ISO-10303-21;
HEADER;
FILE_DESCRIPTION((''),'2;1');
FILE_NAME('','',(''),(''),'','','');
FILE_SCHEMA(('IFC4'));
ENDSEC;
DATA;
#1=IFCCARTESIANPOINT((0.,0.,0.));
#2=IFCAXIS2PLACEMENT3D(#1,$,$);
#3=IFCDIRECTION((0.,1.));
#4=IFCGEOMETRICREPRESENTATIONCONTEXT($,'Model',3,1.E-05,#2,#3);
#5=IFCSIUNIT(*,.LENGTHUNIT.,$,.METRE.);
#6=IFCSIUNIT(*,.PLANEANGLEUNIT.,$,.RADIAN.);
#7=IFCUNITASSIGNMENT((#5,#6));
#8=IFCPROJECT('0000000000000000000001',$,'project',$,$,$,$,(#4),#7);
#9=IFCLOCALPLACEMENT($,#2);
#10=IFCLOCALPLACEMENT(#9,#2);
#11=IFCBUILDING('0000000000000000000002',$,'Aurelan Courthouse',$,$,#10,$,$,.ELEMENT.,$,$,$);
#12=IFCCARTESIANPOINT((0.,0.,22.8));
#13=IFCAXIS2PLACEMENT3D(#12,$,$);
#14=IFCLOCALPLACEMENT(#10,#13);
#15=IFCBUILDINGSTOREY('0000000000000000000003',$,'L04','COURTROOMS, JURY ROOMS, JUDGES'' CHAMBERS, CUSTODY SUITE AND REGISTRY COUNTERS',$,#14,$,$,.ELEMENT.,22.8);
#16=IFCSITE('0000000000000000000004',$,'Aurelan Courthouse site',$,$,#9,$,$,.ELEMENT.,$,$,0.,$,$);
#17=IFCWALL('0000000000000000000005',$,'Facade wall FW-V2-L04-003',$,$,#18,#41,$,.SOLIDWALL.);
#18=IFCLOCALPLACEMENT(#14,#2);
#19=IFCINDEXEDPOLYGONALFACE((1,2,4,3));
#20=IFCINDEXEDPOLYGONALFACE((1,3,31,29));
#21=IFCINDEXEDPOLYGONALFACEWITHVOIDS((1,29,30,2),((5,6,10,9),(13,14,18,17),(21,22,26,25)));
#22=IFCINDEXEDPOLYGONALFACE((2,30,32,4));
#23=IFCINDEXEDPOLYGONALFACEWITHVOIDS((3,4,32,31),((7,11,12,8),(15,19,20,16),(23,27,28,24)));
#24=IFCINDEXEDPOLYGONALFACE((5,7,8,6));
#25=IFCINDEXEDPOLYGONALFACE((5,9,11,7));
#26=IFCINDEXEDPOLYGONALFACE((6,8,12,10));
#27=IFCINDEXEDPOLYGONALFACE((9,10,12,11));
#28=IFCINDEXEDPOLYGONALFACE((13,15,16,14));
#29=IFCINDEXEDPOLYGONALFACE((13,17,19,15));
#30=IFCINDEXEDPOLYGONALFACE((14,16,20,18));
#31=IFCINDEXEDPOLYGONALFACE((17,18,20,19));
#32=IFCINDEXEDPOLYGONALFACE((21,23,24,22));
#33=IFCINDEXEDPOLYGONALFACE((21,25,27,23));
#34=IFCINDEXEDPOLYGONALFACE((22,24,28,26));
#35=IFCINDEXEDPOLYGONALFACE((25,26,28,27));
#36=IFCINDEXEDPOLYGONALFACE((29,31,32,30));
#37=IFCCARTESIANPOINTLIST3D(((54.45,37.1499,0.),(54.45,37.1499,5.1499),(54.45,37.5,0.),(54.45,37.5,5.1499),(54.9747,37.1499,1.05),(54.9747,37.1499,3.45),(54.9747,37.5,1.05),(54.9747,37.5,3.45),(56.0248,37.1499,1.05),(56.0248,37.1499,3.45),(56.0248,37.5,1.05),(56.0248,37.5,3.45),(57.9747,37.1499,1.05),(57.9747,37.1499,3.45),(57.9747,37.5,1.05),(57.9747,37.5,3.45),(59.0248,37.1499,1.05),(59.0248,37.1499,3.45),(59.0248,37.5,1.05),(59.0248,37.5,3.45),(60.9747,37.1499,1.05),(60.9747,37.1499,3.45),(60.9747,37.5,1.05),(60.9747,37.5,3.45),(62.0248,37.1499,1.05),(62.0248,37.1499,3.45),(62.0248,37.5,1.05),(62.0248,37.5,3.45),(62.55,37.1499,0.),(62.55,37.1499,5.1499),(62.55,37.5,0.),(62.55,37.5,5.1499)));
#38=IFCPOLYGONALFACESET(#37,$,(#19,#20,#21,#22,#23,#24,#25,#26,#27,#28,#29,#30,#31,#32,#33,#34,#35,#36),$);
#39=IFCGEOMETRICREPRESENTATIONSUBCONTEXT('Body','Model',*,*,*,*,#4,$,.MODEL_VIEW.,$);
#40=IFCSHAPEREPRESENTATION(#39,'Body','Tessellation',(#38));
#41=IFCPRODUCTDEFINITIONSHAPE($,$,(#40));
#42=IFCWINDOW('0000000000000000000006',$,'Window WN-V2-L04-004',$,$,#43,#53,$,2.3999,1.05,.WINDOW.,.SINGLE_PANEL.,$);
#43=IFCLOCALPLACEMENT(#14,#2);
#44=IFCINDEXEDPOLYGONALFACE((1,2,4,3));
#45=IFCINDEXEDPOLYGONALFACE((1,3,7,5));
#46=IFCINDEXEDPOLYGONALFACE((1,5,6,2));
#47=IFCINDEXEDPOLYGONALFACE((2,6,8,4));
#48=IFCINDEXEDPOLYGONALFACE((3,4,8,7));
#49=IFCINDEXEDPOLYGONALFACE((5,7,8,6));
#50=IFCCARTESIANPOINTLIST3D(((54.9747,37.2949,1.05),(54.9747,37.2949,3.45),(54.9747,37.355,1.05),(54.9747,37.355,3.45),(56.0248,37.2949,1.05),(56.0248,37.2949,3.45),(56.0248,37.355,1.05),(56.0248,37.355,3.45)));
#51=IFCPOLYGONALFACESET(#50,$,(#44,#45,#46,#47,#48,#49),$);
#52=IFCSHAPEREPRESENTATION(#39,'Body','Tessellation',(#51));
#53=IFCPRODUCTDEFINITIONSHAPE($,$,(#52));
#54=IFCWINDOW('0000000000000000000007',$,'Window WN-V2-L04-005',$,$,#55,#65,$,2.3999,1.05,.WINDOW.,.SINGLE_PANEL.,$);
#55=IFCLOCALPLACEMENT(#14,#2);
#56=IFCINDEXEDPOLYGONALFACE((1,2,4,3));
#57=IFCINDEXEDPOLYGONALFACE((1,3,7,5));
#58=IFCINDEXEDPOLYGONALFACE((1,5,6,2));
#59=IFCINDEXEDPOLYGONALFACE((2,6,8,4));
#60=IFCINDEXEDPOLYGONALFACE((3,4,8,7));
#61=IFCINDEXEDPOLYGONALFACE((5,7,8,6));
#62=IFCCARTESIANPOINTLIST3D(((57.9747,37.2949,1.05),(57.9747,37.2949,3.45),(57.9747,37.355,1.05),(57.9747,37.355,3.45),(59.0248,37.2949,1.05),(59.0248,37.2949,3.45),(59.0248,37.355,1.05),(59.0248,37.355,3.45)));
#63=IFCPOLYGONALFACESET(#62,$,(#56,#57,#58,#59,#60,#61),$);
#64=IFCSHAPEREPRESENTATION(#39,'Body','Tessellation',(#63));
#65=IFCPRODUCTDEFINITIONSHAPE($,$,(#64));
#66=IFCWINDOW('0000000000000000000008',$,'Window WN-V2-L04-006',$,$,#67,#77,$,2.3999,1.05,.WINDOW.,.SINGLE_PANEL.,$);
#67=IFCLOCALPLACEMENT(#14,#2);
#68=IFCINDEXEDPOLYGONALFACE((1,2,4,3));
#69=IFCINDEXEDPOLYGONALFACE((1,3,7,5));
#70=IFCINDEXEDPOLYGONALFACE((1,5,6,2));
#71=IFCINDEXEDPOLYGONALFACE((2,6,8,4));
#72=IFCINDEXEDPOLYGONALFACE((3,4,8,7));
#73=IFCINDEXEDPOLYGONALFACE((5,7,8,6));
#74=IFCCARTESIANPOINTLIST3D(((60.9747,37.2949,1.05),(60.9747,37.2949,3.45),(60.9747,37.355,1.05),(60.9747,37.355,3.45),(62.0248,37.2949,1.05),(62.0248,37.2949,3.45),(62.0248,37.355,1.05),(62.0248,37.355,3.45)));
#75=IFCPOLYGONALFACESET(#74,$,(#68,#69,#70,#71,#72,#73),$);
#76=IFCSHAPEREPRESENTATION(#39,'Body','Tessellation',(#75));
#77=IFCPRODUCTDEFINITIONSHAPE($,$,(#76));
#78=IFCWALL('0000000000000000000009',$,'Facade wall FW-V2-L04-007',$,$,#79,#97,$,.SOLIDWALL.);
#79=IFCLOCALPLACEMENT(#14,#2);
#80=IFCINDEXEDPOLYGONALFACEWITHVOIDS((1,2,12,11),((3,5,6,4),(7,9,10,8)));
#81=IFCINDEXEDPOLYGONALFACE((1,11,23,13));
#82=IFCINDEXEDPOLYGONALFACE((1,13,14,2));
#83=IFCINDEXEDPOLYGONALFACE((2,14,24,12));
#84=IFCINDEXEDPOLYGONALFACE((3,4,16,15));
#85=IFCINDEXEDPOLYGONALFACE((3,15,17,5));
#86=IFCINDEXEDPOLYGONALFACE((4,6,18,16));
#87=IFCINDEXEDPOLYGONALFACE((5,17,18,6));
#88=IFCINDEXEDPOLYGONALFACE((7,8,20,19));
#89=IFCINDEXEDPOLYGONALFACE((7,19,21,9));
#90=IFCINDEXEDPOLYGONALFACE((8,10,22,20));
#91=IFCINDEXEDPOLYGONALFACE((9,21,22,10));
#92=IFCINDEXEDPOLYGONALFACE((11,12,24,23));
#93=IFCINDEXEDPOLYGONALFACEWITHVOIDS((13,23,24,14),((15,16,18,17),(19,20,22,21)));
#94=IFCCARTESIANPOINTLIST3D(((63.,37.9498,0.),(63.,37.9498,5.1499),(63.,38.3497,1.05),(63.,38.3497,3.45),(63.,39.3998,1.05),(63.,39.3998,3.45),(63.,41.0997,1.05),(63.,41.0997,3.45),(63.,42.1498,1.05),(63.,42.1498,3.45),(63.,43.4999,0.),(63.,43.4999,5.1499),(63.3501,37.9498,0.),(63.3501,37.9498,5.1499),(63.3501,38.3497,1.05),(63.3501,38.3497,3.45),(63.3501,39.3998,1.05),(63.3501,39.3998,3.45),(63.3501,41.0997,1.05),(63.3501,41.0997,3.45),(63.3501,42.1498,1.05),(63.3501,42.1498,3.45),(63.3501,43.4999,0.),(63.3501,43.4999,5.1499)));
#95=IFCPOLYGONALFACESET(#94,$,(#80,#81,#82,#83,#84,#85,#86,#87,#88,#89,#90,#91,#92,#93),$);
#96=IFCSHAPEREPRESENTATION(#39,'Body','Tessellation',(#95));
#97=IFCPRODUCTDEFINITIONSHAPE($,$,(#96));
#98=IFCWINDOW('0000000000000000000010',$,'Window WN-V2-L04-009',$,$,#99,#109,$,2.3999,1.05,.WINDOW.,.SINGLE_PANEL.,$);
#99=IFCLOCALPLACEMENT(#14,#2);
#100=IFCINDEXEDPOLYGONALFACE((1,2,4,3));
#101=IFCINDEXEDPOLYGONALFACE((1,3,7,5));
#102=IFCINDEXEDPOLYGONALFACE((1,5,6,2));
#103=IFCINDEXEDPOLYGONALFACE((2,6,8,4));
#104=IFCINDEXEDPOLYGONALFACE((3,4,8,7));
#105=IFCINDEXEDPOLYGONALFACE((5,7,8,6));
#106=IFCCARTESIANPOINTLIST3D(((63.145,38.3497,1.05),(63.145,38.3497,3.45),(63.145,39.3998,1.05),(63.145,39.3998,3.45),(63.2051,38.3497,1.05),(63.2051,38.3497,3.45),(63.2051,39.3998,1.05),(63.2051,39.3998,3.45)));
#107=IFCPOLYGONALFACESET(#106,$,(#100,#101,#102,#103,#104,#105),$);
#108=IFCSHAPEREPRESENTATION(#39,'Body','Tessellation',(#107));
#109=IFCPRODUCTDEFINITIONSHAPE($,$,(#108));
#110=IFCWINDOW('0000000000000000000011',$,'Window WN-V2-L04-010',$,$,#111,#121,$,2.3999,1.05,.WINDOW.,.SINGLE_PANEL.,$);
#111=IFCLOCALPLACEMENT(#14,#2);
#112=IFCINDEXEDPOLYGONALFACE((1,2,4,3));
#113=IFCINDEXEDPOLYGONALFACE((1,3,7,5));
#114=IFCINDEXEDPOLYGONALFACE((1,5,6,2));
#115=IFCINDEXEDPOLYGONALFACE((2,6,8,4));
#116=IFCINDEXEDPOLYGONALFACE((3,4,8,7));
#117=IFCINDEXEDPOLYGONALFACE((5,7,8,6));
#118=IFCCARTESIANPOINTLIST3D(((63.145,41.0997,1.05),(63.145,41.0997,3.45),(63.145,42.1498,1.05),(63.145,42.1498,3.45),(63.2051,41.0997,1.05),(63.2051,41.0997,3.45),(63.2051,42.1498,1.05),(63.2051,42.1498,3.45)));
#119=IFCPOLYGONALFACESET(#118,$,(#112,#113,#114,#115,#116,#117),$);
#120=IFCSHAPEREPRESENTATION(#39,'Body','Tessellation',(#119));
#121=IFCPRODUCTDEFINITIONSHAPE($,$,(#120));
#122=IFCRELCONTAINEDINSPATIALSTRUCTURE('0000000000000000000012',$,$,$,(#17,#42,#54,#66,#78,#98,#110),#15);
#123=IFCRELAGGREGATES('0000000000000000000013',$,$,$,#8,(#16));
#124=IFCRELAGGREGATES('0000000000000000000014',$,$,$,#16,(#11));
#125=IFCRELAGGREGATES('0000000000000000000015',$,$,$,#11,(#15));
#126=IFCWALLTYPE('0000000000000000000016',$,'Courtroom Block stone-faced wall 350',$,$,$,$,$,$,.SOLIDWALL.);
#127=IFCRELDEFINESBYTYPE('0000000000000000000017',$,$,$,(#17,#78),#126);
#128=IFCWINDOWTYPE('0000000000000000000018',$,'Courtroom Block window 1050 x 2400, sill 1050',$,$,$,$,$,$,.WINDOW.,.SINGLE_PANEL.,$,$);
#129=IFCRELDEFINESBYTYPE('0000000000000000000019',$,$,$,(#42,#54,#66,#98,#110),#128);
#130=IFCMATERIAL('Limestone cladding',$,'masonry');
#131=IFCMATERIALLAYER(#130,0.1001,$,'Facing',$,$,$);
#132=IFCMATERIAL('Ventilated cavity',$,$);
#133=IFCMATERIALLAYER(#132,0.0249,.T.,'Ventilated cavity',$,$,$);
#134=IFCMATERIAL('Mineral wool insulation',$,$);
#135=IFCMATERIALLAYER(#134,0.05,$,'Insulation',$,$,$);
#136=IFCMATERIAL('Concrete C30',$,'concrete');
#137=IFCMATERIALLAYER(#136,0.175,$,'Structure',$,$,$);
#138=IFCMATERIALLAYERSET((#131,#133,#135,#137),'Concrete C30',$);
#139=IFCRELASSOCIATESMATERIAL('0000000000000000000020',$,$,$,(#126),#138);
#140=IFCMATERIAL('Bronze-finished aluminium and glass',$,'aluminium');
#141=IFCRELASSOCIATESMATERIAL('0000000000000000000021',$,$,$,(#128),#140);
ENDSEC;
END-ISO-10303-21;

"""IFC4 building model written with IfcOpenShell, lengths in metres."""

from ifc_helpers import new_model, si_unit, direction, frame, frame_2d, origin, place, context, subcontext, project, spatial, rectangle, extrude, material, layer, layer_set, type_object, element, fill, save


model = new_model("IFC4")

# Units and contexts
model_context = context("Model", 3, precision=1e-05, world=origin(), true_north=direction((0.0, 1.0)))
body_context = subcontext(model_context, "Body", "Model", "MODEL_VIEW")
ifc_project = project(units=[si_unit("LENGTHUNIT", "METRE"), si_unit("PLANEANGLEUNIT", "RADIAN")], contexts=[model_context])

# Site, building, storey
site_placement = place(None, origin())
site = spatial("IfcSite", under=ifc_project, at=site_placement, Name="Aurelan Courthouse site", CompositionType="ELEMENT", RefElevation=0.0)
building_placement = place(site_placement, origin())
building = spatial("IfcBuilding", under=site, at=building_placement, Name="Aurelan Courthouse", CompositionType="ELEMENT")
storey_placement = place(building_placement, frame((0.0, 0.0, 22.8)))
storey = spatial("IfcBuildingStorey", under=building, at=storey_placement, Name="L04", Description="COURTROOMS, JURY ROOMS, JUDGES' CHAMBERS, CUSTODY SUITE AND REGISTRY COUNTERS", CompositionType="ELEMENT", Elevation=22.8)

# Shared definitions
ifc_material_1 = material(Name="Bronze-finished aluminium and glass", Category="aluminium")

# Walls, openings, windows
ifc_material_2 = material(Name="Limestone cladding", Category="masonry")
ifc_layer_1 = layer(ifc_material_2, 0.1001, Name="Facing")
ifc_material_3 = material(Name="Ventilated cavity")
ifc_layer_2 = layer(ifc_material_3, 0.0249, ventilated=True, Name="Ventilated cavity")
ifc_material_4 = material(Name="Mineral wool insulation")
ifc_layer_3 = layer(ifc_material_4, 0.05, Name="Insulation")
ifc_material_5 = material(Name="Concrete C30", Category="concrete")
ifc_layer_4 = layer(ifc_material_5, 0.175, Name="Structure")
ifc_layer_set_1 = layer_set([ifc_layer_1, ifc_layer_2, ifc_layer_3, ifc_layer_4], Name="Concrete C30")
wall_type_1 = type_object("IfcWallType", Name="Courtroom Block stone-faced wall 350", PredefinedType="SOLIDWALL", material=ifc_layer_set_1)
wall_1_placement = place(storey_placement, frame((54.45, 37.325, 0.0), z_axis=(0.0, 0.0, 1.0), x_axis=(1.0, 0.0, 0.0)))
wall_1 = element("IfcWall", 1, at=wall_1_placement, inside=storey, type_object=wall_type_1, Name="Facade wall FW-V2-L04-003", PredefinedType="SOLIDWALL", context=body_context, shape_type="SweptSolid", body=[
    extrude(rectangle(XDim=8.1001, YDim=0.3501, at=frame_2d((4.05, 0.0))), origin(), (0.0, 0.0, 1.0), 5.1499),
])
opening_1_placement = place(wall_1_placement, frame((0.5249, 0.0, 1.05)))
opening_1 = element("IfcOpeningElement", 2, at=opening_1_placement, cuts=wall_1, PredefinedType="OPENING", context=body_context, shape_type="SweptSolid", body=[
    extrude(rectangle(XDim=1.05, YDim=2.3999, at=frame_2d((0.5249, 1.2))), frame((0.0, 0.1851, 0.0), z_axis=(0.0, -1.0, 0.0), x_axis=(1.0, 0.0, 0.0)), (0.0, 0.0, 1.0), 0.3701),
])
opening_2_placement = place(wall_1_placement, frame((3.5249, 0.0, 1.05)))
opening_2 = element("IfcOpeningElement", 3, at=opening_2_placement, cuts=wall_1, PredefinedType="OPENING", context=body_context, shape_type="SweptSolid", body=[
    extrude(rectangle(XDim=1.05, YDim=2.3999, at=frame_2d((0.5249, 1.2))), frame((0.0, 0.1851, 0.0), z_axis=(0.0, -1.0, 0.0), x_axis=(1.0, 0.0, 0.0)), (0.0, 0.0, 1.0), 0.3701),
])
opening_3_placement = place(wall_1_placement, frame((6.5249, 0.0, 1.05)))
opening_3 = element("IfcOpeningElement", 4, at=opening_3_placement, cuts=wall_1, PredefinedType="OPENING", context=body_context, shape_type="SweptSolid", body=[
    extrude(rectangle(XDim=1.05, YDim=2.3999, at=frame_2d((0.5249, 1.2))), frame((0.0, 0.1851, 0.0), z_axis=(0.0, -1.0, 0.0), x_axis=(1.0, 0.0, 0.0)), (0.0, 0.0, 1.0), 0.3701),
])
window_type_1 = type_object("IfcWindowType", Name="Courtroom Block window 1050 x 2400, sill 1050", PartitioningType="SINGLE_PANEL", PredefinedType="WINDOW", material=ifc_material_1)
window_1_placement = place(opening_1_placement, origin())
window_1 = element("IfcWindow", 5, at=window_1_placement, inside=storey, type_object=window_type_1, Name="Window WN-V2-L04-004", OverallHeight=2.3999, OverallWidth=1.05, PartitioningType="SINGLE_PANEL", PredefinedType="WINDOW", context=body_context, shape_type="SweptSolid", body=[
    extrude(rectangle(XDim=1.05, YDim=2.3999, at=frame_2d((0.5249, 1.2))), frame((0.0, 0.03, 0.0), z_axis=(0.0, -1.0, 0.0), x_axis=(1.0, 0.0, 0.0)), (0.0, 0.0, 1.0), 0.0601),
])
fill(opening_1, window_1)
window_2_placement = place(opening_2_placement, origin())
window_2 = element("IfcWindow", 6, at=window_2_placement, inside=storey, type_object=window_type_1, Name="Window WN-V2-L04-005", OverallHeight=2.3999, OverallWidth=1.05, PartitioningType="SINGLE_PANEL", PredefinedType="WINDOW", context=body_context, shape_type="SweptSolid", body=[
    extrude(rectangle(XDim=1.05, YDim=2.3999, at=frame_2d((0.5249, 1.2))), frame((0.0, 0.03, 0.0), z_axis=(0.0, -1.0, 0.0), x_axis=(1.0, 0.0, 0.0)), (0.0, 0.0, 1.0), 0.0601),
])
fill(opening_2, window_2)
window_3_placement = place(opening_3_placement, origin())
window_3 = element("IfcWindow", 7, at=window_3_placement, inside=storey, type_object=window_type_1, Name="Window WN-V2-L04-006", OverallHeight=2.3999, OverallWidth=1.05, PartitioningType="SINGLE_PANEL", PredefinedType="WINDOW", context=body_context, shape_type="SweptSolid", body=[
    extrude(rectangle(XDim=1.05, YDim=2.3999, at=frame_2d((0.5249, 1.2))), frame((0.0, 0.03, 0.0), z_axis=(0.0, -1.0, 0.0), x_axis=(1.0, 0.0, 0.0)), (0.0, 0.0, 1.0), 0.0601),
])
fill(opening_3, window_3)
wall_2_placement = place(storey_placement, frame((63.175, 37.95, 0.0), z_axis=(0.0, 0.0, 1.0), x_axis=(0.0, 1.0, 0.0)))
wall_2 = element("IfcWall", 8, at=wall_2_placement, inside=storey, type_object=wall_type_1, Name="Facade wall FW-V2-L04-007", PredefinedType="SOLIDWALL", context=body_context, shape_type="SweptSolid", body=[
    extrude(rectangle(XDim=5.55, YDim=0.3501, at=frame_2d((2.7749, 0.0))), origin(), (0.0, 0.0, 1.0), 5.1499),
])
opening_4_placement = place(wall_2_placement, frame((0.3999, 0.0, 1.05)))
opening_4 = element("IfcOpeningElement", 9, at=opening_4_placement, cuts=wall_2, PredefinedType="OPENING", context=body_context, shape_type="SweptSolid", body=[
    extrude(rectangle(XDim=1.05, YDim=2.3999, at=frame_2d((0.5249, 1.2))), frame((0.0, 0.1851, 0.0), z_axis=(0.0, -1.0, 0.0), x_axis=(1.0, 0.0, 0.0)), (0.0, 0.0, 1.0), 0.3701),
])
opening_5_placement = place(wall_2_placement, frame((3.1499, 0.0, 1.05)))
opening_5 = element("IfcOpeningElement", 10, at=opening_5_placement, cuts=wall_2, PredefinedType="OPENING", context=body_context, shape_type="SweptSolid", body=[
    extrude(rectangle(XDim=1.05, YDim=2.3999, at=frame_2d((0.5249, 1.2))), frame((0.0, 0.1851, 0.0), z_axis=(0.0, -1.0, 0.0), x_axis=(1.0, 0.0, 0.0)), (0.0, 0.0, 1.0), 0.3701),
])
window_4_placement = place(opening_4_placement, origin())
window_4 = element("IfcWindow", 11, at=window_4_placement, inside=storey, type_object=window_type_1, Name="Window WN-V2-L04-009", OverallHeight=2.3999, OverallWidth=1.05, PartitioningType="SINGLE_PANEL", PredefinedType="WINDOW", context=body_context, shape_type="SweptSolid", body=[
    extrude(rectangle(XDim=1.05, YDim=2.3999, at=frame_2d((0.5249, 1.2))), frame((0.0, 0.03, 0.0), z_axis=(0.0, -1.0, 0.0), x_axis=(1.0, 0.0, 0.0)), (0.0, 0.0, 1.0), 0.0601),
])
fill(opening_4, window_4)
window_5_placement = place(opening_5_placement, origin())
window_5 = element("IfcWindow", 12, at=window_5_placement, inside=storey, type_object=window_type_1, Name="Window WN-V2-L04-010", OverallHeight=2.3999, OverallWidth=1.05, PartitioningType="SINGLE_PANEL", PredefinedType="WINDOW", context=body_context, shape_type="SweptSolid", body=[
    extrude(rectangle(XDim=1.05, YDim=2.3999, at=frame_2d((0.5249, 1.2))), frame((0.0, 0.03, 0.0), z_axis=(0.0, -1.0, 0.0), x_axis=(1.0, 0.0, 0.0)), (0.0, 0.0, 1.0), 0.0601),
])
fill(opening_5, window_5)

save(model, "model.ifc")
